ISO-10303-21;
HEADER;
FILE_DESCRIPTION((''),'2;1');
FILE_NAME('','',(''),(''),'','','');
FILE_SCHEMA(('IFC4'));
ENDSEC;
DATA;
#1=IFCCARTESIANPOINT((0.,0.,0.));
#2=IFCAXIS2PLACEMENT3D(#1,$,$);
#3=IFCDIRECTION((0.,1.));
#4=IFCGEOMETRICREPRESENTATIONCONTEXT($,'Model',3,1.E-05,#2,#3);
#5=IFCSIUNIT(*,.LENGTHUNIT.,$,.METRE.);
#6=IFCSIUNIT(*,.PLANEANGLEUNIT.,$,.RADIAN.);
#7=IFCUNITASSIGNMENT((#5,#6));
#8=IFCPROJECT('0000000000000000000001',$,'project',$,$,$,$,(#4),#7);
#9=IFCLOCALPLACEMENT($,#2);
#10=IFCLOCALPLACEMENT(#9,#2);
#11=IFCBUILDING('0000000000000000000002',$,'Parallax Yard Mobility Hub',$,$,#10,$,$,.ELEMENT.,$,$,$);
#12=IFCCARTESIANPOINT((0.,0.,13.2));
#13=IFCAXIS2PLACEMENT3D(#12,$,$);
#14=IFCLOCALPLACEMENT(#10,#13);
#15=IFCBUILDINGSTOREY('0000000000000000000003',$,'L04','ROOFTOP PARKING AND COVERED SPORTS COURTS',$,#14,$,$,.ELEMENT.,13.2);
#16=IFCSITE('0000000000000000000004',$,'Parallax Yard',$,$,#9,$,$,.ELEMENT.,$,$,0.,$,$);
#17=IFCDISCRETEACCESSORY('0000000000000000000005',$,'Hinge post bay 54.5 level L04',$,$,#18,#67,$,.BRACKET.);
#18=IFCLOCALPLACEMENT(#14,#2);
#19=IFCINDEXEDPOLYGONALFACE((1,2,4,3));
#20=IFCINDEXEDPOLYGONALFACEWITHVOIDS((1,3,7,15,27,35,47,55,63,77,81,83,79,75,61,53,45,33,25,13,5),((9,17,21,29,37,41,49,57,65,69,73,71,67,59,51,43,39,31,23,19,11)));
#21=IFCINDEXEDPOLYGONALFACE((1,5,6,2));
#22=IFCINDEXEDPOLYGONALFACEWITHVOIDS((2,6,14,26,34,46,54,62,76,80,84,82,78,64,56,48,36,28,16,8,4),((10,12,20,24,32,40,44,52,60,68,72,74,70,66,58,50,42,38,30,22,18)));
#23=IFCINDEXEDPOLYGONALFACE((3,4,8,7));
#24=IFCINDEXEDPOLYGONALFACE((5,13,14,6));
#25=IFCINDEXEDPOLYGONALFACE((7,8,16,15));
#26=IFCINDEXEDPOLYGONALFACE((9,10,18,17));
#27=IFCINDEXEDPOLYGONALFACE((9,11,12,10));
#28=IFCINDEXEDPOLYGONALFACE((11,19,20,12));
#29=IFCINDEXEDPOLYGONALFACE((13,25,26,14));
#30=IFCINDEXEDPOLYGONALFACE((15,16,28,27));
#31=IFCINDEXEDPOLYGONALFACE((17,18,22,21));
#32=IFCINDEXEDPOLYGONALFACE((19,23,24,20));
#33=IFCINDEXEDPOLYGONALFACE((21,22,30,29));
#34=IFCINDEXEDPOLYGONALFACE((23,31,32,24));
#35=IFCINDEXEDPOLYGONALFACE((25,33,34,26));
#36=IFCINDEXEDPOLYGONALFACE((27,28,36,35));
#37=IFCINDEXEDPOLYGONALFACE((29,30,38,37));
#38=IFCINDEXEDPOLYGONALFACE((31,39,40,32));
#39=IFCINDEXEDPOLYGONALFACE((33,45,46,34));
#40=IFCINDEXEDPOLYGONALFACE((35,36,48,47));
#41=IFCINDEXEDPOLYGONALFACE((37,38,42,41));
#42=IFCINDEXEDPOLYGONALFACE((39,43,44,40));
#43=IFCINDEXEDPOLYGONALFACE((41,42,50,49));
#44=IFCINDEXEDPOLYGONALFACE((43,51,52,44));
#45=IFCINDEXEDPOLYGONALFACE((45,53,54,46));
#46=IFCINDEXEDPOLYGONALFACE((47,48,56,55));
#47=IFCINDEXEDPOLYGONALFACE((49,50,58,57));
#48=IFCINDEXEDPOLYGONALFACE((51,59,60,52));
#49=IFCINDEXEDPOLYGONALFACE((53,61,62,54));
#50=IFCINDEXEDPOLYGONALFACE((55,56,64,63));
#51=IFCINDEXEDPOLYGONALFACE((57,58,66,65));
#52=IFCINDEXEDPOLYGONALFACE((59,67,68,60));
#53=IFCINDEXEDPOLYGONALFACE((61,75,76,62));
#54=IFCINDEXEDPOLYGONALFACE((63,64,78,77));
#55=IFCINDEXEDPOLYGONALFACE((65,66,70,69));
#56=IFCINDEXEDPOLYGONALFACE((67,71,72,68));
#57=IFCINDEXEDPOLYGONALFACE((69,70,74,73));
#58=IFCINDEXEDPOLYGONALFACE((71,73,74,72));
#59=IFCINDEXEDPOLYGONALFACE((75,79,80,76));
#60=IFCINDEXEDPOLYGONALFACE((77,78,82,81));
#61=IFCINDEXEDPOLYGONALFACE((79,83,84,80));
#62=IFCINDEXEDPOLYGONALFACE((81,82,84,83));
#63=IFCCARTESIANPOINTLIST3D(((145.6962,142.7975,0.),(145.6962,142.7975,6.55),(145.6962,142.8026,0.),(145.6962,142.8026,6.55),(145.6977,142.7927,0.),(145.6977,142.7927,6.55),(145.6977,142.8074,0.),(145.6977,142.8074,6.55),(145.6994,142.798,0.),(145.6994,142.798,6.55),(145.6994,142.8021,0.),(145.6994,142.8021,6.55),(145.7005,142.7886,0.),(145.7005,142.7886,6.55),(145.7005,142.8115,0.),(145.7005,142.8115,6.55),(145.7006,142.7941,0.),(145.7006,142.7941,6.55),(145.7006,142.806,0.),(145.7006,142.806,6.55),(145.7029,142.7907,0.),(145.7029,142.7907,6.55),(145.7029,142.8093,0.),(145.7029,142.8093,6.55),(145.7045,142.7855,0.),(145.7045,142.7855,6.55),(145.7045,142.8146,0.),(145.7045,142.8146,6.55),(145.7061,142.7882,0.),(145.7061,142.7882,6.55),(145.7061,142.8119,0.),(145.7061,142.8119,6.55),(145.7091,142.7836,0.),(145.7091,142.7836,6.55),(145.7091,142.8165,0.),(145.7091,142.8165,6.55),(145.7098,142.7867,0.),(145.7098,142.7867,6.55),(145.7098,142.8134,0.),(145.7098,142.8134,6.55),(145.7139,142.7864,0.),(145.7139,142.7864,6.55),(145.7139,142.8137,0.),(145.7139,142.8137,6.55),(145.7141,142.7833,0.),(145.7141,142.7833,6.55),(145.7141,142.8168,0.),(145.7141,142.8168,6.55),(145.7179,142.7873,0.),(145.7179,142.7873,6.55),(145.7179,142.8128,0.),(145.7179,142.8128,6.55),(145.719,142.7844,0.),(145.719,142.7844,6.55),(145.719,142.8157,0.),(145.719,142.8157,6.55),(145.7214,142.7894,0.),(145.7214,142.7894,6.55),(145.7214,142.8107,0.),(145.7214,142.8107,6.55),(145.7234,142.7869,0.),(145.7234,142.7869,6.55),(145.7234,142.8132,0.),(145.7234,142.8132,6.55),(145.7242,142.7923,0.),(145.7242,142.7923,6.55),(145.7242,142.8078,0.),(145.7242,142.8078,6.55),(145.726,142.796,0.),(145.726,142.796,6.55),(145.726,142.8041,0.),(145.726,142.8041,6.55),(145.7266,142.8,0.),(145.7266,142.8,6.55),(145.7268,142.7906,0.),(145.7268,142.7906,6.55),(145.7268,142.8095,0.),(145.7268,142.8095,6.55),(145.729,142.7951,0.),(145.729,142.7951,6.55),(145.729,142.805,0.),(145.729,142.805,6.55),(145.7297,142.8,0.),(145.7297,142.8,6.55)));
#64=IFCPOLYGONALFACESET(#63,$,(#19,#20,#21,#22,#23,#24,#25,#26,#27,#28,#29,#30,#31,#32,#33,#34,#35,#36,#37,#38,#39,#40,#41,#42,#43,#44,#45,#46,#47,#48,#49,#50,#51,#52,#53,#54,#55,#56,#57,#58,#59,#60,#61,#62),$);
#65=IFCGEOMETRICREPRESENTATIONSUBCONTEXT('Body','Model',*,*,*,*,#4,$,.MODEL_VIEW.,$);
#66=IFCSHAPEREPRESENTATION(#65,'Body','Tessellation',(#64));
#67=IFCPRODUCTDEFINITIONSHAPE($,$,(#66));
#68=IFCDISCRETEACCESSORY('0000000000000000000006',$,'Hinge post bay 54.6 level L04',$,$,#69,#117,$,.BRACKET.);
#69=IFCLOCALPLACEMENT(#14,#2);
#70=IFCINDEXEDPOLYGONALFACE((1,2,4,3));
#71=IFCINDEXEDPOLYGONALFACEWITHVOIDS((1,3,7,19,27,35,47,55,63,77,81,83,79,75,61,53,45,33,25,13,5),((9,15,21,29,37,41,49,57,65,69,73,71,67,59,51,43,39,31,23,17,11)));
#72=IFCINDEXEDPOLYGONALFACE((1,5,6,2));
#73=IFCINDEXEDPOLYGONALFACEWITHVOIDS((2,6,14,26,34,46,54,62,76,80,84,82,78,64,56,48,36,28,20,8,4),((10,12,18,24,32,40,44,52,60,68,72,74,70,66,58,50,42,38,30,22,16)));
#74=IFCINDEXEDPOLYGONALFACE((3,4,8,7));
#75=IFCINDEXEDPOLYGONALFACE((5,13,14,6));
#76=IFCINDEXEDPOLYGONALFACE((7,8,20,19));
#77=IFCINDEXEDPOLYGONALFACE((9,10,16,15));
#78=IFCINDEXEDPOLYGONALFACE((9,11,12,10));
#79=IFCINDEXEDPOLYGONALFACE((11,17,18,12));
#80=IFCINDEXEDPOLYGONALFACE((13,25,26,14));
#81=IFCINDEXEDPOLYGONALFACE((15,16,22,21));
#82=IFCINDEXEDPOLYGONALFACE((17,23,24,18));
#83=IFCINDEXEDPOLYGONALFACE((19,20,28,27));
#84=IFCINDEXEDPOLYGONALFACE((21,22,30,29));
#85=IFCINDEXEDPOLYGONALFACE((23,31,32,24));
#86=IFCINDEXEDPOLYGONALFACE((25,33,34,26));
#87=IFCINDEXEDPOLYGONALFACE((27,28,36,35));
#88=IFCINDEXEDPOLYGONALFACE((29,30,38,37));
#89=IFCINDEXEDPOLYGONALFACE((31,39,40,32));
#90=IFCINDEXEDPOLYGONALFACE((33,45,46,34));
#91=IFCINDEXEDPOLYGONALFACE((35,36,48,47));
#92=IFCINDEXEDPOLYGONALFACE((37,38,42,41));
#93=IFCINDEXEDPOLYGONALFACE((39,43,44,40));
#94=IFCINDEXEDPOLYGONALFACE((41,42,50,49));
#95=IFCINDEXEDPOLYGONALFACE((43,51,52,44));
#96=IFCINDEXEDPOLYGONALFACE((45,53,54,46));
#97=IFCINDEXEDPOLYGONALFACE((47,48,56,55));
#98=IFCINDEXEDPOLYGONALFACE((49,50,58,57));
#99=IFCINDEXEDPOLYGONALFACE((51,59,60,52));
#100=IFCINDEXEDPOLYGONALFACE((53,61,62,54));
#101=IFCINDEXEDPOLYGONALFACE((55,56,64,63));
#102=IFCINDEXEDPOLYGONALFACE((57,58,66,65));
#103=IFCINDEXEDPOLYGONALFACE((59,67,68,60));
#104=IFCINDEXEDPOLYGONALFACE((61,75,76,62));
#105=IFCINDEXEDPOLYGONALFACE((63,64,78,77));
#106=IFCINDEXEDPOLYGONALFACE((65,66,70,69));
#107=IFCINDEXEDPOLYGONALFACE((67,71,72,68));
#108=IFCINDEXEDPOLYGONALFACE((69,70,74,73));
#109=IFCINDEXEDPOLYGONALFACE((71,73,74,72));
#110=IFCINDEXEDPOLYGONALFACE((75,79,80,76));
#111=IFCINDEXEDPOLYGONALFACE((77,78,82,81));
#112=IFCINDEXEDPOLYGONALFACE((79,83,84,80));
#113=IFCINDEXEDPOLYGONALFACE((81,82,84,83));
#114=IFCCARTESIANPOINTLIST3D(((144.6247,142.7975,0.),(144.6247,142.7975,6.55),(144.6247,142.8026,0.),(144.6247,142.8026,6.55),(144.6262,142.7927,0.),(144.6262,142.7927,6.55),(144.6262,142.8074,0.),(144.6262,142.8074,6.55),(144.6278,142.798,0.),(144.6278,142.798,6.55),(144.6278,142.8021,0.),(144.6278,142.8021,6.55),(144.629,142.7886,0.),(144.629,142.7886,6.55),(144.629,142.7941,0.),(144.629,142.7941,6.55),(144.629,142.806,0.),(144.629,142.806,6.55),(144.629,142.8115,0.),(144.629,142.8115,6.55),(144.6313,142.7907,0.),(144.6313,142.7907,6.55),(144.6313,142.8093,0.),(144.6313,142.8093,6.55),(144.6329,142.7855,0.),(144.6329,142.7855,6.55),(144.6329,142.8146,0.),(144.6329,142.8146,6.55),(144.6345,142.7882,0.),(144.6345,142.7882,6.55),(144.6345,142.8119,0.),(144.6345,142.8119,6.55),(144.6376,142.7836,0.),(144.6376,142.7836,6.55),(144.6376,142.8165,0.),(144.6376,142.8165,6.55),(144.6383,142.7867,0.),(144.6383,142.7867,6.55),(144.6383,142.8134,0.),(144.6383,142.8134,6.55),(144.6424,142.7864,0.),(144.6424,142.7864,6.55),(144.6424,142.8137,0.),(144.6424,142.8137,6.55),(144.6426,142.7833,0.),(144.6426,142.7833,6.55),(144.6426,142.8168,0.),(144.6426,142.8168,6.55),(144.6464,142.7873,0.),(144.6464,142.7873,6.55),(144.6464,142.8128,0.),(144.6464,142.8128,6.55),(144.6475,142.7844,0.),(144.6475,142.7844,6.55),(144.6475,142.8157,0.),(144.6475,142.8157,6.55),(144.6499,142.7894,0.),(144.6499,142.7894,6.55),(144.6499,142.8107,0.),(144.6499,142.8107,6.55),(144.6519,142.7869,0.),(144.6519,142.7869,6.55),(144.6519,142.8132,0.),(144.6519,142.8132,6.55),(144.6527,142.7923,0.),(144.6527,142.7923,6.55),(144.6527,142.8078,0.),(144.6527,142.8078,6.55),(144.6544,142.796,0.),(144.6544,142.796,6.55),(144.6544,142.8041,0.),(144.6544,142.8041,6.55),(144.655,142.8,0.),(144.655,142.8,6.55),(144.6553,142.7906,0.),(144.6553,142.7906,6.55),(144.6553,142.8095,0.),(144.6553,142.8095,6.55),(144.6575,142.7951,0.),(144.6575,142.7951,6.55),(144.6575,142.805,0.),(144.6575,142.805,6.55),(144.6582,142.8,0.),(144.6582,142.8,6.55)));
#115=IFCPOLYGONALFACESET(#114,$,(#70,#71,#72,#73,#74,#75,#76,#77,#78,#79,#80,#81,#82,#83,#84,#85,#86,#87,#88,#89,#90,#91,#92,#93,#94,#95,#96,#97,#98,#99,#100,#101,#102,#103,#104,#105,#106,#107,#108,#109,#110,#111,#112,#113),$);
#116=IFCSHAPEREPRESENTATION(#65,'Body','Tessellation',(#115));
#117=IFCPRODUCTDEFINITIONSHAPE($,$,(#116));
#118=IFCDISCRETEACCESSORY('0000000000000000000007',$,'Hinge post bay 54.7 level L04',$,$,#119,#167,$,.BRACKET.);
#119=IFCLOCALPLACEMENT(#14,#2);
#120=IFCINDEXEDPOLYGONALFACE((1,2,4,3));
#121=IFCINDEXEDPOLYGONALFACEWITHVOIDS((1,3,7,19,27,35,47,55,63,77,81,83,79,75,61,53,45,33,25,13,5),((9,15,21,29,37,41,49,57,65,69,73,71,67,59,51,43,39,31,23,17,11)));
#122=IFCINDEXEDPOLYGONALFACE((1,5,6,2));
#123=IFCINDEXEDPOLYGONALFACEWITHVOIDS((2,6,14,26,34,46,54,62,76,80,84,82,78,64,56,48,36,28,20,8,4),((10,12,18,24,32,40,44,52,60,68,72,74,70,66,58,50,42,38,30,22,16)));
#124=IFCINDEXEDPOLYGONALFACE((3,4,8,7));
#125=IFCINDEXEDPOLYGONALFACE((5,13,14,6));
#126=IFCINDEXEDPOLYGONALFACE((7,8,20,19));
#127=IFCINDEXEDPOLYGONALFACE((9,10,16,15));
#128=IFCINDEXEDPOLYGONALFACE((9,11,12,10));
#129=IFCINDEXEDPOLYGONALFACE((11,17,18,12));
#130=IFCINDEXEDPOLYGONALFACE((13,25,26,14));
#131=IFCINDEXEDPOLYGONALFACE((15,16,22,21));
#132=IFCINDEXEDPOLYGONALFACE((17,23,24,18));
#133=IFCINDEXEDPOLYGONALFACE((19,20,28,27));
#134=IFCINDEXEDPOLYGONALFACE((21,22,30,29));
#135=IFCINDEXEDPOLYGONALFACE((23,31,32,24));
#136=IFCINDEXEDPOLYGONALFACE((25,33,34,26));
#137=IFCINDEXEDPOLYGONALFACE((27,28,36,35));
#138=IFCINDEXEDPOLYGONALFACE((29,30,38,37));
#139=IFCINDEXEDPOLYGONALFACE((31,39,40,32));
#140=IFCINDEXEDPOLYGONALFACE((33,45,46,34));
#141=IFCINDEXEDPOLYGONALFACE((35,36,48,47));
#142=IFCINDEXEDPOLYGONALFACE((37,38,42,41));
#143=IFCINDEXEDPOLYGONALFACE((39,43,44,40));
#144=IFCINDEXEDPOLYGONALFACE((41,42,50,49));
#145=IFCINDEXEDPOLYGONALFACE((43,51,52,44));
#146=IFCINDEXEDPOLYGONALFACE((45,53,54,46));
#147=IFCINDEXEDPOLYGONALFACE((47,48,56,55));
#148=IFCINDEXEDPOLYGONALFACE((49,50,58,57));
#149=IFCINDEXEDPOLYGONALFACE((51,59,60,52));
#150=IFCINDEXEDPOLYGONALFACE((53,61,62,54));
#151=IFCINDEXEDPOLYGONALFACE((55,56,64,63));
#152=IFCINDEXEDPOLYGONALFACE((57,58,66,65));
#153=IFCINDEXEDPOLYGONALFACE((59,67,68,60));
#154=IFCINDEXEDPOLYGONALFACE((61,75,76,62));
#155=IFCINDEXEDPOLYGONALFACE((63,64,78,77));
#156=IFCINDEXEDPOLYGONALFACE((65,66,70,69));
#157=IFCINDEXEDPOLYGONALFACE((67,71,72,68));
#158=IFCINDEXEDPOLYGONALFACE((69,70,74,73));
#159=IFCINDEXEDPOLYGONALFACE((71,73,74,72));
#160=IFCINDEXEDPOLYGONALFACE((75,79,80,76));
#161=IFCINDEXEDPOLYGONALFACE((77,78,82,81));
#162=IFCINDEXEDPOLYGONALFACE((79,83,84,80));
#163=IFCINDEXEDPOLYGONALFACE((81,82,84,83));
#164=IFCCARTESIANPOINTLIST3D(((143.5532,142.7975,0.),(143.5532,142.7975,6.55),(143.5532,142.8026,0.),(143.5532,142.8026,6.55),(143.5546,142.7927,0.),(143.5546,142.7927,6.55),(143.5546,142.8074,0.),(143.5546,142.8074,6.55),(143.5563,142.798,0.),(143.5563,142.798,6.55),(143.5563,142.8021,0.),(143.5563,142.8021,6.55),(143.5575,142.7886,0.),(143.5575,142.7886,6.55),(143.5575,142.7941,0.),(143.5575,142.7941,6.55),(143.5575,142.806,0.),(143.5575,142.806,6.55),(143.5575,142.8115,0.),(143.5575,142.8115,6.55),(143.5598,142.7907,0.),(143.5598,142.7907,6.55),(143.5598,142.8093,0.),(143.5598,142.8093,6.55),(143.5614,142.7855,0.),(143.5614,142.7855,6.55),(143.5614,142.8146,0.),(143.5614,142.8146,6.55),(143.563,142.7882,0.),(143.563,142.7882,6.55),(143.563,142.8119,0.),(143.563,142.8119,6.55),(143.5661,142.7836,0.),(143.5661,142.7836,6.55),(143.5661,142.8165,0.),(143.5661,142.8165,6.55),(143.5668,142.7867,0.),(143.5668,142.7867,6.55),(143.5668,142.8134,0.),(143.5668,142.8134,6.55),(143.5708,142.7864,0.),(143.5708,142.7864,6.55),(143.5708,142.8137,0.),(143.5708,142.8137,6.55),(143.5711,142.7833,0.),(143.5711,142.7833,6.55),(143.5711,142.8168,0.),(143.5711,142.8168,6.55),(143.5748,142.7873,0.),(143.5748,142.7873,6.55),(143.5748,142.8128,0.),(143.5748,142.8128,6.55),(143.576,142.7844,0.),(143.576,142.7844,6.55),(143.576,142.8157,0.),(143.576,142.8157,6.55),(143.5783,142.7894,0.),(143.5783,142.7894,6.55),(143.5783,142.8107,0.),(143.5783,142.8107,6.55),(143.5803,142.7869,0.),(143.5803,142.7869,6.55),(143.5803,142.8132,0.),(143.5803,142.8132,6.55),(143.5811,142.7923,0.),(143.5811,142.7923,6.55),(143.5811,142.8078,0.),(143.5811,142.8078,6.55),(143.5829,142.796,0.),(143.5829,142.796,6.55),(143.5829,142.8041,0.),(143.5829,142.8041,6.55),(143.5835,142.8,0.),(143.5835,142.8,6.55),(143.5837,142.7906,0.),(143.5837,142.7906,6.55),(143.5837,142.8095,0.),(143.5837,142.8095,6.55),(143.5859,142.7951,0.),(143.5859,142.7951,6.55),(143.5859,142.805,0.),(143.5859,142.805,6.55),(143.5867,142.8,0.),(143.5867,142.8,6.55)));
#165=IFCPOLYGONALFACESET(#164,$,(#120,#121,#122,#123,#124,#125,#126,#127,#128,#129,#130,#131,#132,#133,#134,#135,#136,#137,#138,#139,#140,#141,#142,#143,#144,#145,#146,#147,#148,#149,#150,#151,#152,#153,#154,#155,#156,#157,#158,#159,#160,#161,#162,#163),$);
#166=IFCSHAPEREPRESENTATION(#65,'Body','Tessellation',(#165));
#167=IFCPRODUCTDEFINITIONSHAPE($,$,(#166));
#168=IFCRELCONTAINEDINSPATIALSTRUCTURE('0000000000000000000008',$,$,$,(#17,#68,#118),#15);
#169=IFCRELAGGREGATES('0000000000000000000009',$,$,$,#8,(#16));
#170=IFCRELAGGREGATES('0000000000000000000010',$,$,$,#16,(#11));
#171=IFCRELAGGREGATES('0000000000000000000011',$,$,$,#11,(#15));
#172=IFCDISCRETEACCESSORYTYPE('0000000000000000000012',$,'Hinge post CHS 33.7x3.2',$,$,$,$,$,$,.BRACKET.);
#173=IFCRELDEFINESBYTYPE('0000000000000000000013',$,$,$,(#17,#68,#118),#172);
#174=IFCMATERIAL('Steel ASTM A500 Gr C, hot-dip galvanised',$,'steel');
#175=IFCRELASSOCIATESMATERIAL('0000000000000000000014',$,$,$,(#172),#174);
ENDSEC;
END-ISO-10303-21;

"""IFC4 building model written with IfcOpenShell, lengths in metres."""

from ifc_helpers import new_model, si_unit, direction, frame, origin, origin_2d, place, context, subcontext, project, spatial, hollow_circle, extrude, material, material_profile, profile_set, type_object, element, save


model = new_model("IFC4")

# Units and contexts
model_context = context("Model", 3, precision=1e-05, world=origin(), true_north=direction((0.0, 1.0)))
body_context = subcontext(model_context, "Body", "Model", "MODEL_VIEW")
ifc_project = project(units=[si_unit("LENGTHUNIT", "METRE"), si_unit("PLANEANGLEUNIT", "RADIAN")], contexts=[model_context])

# Site, building, storey
site_placement = place(None, origin())
site = spatial("IfcSite", under=ifc_project, at=site_placement, Name="Parallax Yard", CompositionType="ELEMENT", RefElevation=0.0)
building_placement = place(site_placement, origin())
building = spatial("IfcBuilding", under=site, at=building_placement, Name="Parallax Yard Mobility Hub", CompositionType="ELEMENT")
storey_placement = place(building_placement, frame((0.0, 0.0, 13.2)))
storey = spatial("IfcBuildingStorey", under=building, at=storey_placement, Name="L04", Description="ROOFTOP PARKING AND COVERED SPORTS COURTS", CompositionType="ELEMENT", Elevation=13.2)

# Discrete accessories
ifc_material_1 = material(Name="Steel ASTM A500 Gr C, hot-dip galvanised", Category="steel")
ifc_material_profile = material_profile(ifc_material_1, hollow_circle(Radius=0.0168, WallThickness=0.0032, at=origin_2d()), Name="CHS 33.7x3.2")
ifc_profile_set = profile_set([ifc_material_profile], Name="Steel ASTM A500 Gr C, hot-dip galvanised")
discrete_accessory_type_1 = type_object("IfcDiscreteAccessoryType", Name="Hinge post CHS 33.7x3.2", PredefinedType="BRACKET", material=ifc_profile_set)
for number, where, z_axis, x_axis, name in (
    (1, (145.7129, 142.8, 0.0), (0.0, 0.0, 1.0), (1.0, 0.0, 0.0), "Hinge post bay 54.5 level L04"),
    (2, (144.6414, 142.8, 0.0), (0.0, 0.0, 1.0), (1.0, 0.0, 0.0), "Hinge post bay 54.6 level L04"),
    (3, (143.5698, 142.8, 0.0), (0.0, 0.0, 1.0), (1.0, 0.0, 0.0), "Hinge post bay 54.7 level L04"),
):
    element("IfcDiscreteAccessory", number, at=place(storey_placement, frame(where, z_axis=z_axis, x_axis=x_axis)), inside=storey, type_object=discrete_accessory_type_1, Name=name, PredefinedType="BRACKET", context=body_context, shape_type="SweptSolid", body=[
        extrude(hollow_circle(Radius=0.0168, WallThickness=0.0032, at=origin_2d()), origin(), (0.0, 0.0, 1.0), 6.55),
    ])

save(model, "model.ifc")
